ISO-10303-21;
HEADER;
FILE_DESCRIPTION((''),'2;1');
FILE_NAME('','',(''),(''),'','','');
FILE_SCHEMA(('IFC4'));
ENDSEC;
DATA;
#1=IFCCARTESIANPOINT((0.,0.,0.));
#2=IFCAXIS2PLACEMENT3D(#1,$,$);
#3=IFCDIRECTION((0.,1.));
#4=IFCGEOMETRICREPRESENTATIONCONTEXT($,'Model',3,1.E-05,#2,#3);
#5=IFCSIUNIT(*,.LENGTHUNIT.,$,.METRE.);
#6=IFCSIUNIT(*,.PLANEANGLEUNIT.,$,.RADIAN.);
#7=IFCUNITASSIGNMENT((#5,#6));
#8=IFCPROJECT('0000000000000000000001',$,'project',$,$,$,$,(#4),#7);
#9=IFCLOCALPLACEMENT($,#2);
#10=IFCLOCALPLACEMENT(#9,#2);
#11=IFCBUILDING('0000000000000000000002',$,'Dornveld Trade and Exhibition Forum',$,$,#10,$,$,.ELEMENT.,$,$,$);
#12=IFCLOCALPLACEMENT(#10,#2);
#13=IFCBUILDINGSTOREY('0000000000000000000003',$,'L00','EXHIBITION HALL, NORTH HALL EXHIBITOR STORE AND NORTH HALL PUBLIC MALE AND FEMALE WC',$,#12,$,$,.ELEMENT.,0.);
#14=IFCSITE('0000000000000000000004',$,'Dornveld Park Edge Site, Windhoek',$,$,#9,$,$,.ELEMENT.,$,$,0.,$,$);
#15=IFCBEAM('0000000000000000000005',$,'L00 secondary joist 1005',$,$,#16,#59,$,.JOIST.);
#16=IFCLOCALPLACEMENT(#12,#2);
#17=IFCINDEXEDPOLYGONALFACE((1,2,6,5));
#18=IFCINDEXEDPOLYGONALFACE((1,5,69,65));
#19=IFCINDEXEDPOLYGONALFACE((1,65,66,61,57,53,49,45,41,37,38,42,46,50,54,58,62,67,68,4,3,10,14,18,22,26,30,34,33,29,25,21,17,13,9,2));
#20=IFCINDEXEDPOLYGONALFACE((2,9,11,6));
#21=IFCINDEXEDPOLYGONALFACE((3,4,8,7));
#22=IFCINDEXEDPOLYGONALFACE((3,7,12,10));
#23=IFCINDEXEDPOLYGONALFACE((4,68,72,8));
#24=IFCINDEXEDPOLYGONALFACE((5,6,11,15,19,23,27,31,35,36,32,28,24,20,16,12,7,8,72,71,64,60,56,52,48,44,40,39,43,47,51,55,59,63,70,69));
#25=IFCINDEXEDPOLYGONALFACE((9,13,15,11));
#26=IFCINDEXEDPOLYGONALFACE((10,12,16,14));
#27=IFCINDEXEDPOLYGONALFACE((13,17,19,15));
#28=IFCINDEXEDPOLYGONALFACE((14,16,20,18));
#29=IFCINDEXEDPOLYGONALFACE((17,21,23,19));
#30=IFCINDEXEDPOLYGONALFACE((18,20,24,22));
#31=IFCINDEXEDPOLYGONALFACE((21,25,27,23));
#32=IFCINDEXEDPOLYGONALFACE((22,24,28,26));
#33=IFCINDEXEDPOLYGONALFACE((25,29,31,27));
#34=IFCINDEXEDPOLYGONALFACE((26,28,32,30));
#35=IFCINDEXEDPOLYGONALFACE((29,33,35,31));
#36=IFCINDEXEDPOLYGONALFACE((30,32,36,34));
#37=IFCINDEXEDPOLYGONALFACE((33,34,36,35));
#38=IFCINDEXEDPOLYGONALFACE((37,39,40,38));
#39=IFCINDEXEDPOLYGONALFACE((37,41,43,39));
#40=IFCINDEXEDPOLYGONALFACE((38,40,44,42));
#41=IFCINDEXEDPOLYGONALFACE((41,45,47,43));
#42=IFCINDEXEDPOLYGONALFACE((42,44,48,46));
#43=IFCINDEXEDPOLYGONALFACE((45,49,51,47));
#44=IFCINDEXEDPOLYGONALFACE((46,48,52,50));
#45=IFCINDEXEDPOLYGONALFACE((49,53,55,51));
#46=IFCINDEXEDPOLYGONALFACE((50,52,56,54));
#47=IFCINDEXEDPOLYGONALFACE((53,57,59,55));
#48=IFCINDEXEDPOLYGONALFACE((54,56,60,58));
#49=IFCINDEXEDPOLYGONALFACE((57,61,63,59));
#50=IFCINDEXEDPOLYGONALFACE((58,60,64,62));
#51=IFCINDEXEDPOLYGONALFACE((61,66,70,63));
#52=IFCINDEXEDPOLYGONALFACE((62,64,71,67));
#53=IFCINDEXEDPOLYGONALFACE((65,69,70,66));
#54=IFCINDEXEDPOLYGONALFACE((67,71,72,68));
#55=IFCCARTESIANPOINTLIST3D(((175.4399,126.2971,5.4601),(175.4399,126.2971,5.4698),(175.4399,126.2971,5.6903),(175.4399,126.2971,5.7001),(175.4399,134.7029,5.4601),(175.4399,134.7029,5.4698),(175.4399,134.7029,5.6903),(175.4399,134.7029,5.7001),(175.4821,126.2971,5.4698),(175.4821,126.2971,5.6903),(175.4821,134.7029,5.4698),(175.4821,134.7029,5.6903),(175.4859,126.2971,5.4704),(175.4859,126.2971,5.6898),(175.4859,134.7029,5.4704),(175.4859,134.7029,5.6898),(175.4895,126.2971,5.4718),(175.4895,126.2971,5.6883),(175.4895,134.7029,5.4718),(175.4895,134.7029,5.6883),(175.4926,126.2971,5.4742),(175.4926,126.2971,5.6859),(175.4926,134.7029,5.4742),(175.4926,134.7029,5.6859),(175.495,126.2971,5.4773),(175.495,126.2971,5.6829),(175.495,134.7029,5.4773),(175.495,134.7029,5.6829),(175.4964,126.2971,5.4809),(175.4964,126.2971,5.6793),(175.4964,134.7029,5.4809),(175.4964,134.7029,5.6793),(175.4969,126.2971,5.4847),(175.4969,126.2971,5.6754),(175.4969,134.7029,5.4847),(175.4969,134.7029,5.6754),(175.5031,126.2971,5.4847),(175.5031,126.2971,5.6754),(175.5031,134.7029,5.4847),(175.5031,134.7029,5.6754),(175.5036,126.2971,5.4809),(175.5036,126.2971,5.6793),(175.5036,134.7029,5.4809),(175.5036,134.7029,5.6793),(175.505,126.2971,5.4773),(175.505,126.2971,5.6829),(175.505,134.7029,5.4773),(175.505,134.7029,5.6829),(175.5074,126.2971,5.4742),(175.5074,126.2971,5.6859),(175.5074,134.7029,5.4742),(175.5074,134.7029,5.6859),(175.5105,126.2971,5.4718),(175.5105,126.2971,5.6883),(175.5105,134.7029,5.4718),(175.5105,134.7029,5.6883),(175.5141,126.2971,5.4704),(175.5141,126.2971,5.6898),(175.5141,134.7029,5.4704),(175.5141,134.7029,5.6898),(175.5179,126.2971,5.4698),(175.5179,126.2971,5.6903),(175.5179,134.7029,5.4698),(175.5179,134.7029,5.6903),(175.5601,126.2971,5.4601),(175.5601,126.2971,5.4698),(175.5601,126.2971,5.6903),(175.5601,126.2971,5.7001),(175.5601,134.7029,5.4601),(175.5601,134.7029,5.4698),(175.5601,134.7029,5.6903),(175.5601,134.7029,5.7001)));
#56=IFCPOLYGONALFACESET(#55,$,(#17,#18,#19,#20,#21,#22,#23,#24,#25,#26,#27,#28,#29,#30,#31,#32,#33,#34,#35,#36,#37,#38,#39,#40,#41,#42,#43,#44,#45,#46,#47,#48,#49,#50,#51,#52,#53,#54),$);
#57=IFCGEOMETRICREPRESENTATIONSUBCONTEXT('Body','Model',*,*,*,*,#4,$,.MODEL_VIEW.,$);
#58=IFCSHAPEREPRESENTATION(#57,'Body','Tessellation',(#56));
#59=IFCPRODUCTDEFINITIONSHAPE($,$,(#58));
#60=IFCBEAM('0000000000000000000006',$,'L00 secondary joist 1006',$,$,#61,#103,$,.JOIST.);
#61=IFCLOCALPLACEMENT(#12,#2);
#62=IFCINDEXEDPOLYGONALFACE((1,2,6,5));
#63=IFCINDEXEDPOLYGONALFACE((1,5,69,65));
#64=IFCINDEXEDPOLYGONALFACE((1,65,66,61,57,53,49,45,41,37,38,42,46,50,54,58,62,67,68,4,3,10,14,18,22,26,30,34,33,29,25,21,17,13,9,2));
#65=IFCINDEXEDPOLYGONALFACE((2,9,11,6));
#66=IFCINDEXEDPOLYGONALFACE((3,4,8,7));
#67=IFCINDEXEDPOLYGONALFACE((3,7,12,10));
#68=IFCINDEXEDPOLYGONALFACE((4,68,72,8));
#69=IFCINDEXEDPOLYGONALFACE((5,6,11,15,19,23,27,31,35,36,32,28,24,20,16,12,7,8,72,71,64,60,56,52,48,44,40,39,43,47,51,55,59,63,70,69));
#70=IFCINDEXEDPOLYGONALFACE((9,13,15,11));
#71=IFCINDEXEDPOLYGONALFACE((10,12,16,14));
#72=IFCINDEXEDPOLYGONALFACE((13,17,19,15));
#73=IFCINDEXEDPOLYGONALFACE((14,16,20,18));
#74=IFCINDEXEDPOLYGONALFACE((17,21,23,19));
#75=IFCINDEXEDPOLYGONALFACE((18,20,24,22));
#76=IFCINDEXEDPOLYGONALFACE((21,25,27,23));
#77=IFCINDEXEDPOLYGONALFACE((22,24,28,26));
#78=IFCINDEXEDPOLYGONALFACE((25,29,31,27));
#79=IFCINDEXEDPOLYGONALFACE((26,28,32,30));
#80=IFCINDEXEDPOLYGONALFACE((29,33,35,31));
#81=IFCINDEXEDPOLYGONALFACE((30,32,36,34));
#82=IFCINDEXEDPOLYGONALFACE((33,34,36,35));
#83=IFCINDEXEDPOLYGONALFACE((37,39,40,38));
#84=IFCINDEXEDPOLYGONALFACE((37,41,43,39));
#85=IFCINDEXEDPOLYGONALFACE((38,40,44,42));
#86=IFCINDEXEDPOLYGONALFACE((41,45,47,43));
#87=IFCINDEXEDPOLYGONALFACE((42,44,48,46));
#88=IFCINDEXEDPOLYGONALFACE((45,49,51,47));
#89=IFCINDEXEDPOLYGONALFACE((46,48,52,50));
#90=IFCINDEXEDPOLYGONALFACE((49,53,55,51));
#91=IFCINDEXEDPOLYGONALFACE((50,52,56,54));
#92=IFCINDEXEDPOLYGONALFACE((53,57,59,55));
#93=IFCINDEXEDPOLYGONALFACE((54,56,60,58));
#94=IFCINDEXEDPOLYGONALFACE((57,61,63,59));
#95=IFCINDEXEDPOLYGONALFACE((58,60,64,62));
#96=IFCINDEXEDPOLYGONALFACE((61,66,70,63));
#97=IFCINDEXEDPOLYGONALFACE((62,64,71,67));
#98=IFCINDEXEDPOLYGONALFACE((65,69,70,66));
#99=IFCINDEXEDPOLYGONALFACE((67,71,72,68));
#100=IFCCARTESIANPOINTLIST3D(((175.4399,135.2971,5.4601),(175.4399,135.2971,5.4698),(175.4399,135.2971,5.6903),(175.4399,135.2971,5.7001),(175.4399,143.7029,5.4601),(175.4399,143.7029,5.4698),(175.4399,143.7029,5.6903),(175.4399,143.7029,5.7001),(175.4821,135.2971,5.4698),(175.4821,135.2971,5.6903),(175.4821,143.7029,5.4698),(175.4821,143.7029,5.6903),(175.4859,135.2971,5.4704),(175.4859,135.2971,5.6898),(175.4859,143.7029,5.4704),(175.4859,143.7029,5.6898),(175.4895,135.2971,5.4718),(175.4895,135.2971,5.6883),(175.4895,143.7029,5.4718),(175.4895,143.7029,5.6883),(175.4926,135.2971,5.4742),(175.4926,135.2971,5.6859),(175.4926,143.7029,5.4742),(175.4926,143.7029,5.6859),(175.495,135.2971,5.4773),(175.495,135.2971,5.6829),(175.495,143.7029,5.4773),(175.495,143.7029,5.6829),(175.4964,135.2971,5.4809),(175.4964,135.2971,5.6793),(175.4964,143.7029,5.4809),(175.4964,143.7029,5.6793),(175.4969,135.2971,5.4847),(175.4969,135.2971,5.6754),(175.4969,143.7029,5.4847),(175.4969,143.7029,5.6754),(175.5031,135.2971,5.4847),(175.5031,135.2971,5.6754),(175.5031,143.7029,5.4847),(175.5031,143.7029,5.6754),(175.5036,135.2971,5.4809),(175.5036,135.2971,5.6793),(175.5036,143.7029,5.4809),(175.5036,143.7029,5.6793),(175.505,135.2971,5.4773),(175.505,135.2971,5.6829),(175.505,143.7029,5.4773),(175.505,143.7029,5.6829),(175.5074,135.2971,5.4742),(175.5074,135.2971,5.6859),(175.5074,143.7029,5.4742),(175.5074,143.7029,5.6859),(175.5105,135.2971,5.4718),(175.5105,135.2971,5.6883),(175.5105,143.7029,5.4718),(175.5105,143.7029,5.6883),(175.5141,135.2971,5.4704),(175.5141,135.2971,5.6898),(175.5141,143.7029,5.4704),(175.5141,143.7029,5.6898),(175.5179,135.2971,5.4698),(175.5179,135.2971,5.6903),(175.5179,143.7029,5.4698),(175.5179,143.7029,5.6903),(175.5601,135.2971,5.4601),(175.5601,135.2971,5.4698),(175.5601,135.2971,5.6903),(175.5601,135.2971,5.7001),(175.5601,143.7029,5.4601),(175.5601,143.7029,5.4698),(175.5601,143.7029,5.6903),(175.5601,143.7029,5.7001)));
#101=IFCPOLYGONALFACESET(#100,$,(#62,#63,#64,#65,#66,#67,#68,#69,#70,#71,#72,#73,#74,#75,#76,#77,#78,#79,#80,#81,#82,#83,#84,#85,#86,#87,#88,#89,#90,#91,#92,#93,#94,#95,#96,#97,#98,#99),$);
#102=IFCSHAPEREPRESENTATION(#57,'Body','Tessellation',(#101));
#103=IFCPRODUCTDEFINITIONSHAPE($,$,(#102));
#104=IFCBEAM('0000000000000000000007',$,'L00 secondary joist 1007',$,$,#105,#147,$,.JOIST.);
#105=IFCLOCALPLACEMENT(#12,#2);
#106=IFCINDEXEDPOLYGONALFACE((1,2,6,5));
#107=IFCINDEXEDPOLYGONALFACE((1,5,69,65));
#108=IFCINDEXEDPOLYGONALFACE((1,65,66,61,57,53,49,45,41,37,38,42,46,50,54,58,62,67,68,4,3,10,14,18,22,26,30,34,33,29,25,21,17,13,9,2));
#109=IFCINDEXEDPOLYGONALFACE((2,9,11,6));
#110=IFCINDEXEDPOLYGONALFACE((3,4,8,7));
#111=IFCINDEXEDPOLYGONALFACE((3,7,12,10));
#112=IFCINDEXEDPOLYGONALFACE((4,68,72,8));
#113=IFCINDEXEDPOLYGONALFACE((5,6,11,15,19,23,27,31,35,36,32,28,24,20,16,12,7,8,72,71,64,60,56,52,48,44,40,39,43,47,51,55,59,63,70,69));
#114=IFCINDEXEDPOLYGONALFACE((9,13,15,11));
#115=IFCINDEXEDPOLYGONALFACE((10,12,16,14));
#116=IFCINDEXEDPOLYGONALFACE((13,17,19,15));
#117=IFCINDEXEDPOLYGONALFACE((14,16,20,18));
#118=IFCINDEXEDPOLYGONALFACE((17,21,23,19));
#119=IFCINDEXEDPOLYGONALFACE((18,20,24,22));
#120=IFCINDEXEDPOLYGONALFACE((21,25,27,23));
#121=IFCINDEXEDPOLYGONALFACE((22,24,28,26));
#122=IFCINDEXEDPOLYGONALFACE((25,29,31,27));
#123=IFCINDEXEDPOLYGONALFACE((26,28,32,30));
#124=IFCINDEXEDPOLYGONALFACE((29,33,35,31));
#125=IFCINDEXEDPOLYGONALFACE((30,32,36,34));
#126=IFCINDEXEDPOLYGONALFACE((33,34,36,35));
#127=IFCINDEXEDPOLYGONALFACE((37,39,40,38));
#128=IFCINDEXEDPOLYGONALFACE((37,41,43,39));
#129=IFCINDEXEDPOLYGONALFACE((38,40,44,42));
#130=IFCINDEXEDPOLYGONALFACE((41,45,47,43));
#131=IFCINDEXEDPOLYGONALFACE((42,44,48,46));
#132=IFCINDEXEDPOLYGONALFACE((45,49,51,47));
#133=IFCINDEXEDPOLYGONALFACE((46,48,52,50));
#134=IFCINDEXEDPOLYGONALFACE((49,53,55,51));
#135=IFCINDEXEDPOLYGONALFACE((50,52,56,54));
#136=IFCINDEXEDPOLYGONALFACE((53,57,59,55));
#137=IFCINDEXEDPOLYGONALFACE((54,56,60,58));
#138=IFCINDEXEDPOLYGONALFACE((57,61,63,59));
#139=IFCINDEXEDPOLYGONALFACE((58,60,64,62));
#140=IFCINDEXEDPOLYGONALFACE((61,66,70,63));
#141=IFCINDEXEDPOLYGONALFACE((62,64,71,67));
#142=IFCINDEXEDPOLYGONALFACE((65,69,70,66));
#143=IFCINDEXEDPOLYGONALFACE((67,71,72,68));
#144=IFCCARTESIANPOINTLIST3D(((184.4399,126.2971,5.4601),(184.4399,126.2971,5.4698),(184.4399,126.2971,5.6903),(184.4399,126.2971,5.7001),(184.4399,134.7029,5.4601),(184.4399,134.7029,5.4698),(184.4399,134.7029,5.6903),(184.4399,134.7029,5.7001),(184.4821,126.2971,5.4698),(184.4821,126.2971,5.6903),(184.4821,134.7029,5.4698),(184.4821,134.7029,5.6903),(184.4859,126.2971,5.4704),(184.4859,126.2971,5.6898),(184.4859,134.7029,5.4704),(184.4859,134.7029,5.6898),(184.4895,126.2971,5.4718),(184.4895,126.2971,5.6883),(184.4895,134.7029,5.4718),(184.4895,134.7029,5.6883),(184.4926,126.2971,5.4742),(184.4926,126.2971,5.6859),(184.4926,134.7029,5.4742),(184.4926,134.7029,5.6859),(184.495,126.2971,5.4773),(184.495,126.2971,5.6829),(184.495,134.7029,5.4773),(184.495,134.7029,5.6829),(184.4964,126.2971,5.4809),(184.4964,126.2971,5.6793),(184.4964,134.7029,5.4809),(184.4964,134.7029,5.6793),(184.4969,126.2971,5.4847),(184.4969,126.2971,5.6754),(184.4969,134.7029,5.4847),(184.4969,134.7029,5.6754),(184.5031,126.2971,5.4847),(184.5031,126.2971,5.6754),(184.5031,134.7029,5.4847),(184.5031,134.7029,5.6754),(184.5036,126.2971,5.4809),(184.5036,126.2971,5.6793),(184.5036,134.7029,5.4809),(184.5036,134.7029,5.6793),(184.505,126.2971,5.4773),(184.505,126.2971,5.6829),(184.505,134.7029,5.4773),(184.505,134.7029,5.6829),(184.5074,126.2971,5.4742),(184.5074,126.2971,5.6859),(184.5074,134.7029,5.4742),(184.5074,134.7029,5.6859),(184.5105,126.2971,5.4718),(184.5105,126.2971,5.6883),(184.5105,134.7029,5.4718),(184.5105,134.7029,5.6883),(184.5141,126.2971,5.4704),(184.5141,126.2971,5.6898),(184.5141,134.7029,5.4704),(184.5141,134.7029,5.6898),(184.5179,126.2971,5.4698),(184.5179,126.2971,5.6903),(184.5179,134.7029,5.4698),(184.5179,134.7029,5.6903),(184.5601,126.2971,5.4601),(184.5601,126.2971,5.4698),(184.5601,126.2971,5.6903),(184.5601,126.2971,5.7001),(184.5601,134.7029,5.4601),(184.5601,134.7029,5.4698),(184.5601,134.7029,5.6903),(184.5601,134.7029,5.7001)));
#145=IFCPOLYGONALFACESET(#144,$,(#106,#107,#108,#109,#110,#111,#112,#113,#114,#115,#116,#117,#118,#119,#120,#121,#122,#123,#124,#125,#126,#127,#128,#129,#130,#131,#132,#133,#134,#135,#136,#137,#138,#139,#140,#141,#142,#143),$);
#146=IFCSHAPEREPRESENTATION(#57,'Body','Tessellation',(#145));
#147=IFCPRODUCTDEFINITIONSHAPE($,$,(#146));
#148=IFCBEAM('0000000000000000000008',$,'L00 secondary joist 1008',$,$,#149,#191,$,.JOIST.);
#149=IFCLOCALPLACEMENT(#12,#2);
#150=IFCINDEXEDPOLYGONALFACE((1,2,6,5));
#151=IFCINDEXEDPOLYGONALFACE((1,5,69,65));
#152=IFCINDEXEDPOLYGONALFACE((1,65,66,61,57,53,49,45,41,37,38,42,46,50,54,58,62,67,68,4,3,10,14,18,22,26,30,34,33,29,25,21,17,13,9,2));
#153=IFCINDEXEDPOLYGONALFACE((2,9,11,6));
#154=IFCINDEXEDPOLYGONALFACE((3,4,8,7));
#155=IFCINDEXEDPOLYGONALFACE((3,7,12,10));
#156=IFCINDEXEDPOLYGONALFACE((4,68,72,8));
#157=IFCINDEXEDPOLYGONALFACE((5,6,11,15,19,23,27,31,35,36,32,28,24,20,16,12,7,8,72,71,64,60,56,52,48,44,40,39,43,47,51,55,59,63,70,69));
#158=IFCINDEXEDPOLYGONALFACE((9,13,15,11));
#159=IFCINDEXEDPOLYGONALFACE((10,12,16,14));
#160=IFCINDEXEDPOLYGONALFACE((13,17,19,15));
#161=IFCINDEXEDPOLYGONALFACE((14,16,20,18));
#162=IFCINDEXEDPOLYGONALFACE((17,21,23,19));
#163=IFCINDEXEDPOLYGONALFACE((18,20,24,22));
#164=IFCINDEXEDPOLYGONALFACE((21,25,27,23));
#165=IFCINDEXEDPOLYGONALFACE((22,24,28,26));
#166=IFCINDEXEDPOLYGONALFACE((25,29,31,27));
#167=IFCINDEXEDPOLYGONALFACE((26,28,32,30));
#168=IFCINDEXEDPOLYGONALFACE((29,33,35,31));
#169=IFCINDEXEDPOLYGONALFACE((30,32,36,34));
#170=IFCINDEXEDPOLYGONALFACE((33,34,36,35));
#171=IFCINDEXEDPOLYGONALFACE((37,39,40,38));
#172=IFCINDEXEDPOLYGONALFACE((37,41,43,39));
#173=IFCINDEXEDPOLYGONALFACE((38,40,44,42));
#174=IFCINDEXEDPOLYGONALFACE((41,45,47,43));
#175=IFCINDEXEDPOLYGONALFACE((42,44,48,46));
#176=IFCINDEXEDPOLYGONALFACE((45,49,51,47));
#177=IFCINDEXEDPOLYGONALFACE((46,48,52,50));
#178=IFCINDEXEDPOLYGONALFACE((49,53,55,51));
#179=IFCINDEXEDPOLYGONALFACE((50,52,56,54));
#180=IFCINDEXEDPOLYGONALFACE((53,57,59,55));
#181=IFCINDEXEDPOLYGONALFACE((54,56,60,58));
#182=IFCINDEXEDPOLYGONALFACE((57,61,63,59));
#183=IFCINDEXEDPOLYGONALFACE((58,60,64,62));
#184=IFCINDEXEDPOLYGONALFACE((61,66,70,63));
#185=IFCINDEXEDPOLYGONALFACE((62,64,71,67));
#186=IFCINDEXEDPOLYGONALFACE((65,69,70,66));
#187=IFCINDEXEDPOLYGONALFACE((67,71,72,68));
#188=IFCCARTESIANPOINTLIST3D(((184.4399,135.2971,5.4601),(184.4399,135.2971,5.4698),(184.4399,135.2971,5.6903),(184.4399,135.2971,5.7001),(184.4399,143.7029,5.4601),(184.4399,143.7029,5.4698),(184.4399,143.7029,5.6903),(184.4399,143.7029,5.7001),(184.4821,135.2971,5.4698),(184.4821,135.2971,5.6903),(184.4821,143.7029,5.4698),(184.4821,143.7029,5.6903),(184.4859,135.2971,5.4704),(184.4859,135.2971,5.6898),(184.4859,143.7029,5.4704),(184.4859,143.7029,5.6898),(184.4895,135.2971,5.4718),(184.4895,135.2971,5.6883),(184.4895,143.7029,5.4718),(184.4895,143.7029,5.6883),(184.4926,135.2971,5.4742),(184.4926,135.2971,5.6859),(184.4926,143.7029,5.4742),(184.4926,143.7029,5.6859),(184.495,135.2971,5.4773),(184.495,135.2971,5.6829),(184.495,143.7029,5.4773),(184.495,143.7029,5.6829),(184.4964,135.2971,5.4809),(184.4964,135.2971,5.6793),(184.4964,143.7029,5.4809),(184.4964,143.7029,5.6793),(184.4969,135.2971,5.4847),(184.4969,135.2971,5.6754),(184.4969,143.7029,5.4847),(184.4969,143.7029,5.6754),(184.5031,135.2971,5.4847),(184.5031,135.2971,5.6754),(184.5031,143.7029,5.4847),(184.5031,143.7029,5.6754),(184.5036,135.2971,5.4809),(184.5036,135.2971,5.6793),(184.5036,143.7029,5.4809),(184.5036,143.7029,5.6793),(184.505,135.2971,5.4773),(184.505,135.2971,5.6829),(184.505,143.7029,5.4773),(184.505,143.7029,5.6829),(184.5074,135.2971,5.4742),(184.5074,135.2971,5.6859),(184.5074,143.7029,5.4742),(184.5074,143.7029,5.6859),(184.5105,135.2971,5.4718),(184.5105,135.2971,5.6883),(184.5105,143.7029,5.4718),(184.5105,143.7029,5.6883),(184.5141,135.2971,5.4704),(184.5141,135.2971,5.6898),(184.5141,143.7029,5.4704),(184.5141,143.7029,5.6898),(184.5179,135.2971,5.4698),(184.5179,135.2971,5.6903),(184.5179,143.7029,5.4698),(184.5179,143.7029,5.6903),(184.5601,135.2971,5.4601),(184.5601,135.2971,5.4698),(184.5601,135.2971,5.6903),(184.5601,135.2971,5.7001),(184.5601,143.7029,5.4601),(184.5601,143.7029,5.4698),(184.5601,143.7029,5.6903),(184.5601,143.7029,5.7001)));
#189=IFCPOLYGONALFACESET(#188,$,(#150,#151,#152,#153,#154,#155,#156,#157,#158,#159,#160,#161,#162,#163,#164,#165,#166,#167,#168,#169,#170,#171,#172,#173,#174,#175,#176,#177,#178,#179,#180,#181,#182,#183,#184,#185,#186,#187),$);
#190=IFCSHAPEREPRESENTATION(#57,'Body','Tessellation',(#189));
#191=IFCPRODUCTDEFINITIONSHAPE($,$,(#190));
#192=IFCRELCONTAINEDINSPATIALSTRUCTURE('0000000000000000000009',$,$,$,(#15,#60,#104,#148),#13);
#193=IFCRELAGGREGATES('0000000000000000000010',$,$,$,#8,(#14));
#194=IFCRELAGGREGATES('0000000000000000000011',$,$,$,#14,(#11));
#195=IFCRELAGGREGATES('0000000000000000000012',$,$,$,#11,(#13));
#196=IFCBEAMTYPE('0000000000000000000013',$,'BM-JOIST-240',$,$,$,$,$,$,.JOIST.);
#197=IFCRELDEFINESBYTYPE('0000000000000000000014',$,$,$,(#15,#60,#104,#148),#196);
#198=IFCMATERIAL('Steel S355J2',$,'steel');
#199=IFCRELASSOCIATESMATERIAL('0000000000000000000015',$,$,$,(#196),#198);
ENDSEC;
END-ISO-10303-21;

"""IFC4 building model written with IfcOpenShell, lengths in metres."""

from ifc_helpers import new_model, si_unit, direction, frame, origin, origin_2d, place, context, subcontext, project, spatial, i_section, extrude, material, material_profile, profile_set, type_object, element, save


model = new_model("IFC4")

# Units and contexts
model_context = context("Model", 3, precision=1e-05, world=origin(), true_north=direction((0.0, 1.0)))
body_context = subcontext(model_context, "Body", "Model", "MODEL_VIEW")
ifc_project = project(units=[si_unit("LENGTHUNIT", "METRE"), si_unit("PLANEANGLEUNIT", "RADIAN")], contexts=[model_context])

# Site, building, storey
site_placement = place(None, origin())
site = spatial("IfcSite", under=ifc_project, at=site_placement, Name="Dornveld Park Edge Site, Windhoek", CompositionType="ELEMENT", RefElevation=0.0)
building_placement = place(site_placement, origin())
building = spatial("IfcBuilding", under=site, at=building_placement, Name="Dornveld Trade and Exhibition Forum", CompositionType="ELEMENT")
storey_placement = place(building_placement, origin())
storey = spatial("IfcBuildingStorey", under=building, at=storey_placement, Name="L00", Description="EXHIBITION HALL, NORTH HALL EXHIBITOR STORE AND NORTH HALL PUBLIC MALE AND FEMALE WC", CompositionType="ELEMENT", Elevation=0.0)

# Beams
ifc_material_1 = material(Name="Steel S355J2", Category="steel")
ifc_material_profile_1 = material_profile(ifc_material_1, i_section(OverallWidth=0.1201, OverallDepth=0.24, WebThickness=0.0061, FlangeThickness=0.0098, FilletRadius=0.0149, at=origin_2d()), Name="IPE 240")
ifc_profile_set_1 = profile_set([ifc_material_profile_1], Name="Steel S355J2")
beam_type_1 = type_object("IfcBeamType", Name="BM-JOIST-240", PredefinedType="JOIST", material=ifc_profile_set_1)
for number, where, z_axis, x_axis, name in (
    (1, (175.5, 126.2971, 5.5801), (0.0, 1.0, 0.0), (-1.0, 0.0, 0.0), "L00 secondary joist 1005"),
    (2, (175.5, 135.2971, 5.5801), (0.0, 1.0, 0.0), (-1.0, 0.0, 0.0), "L00 secondary joist 1006"),
    (3, (184.5, 126.2971, 5.5801), (0.0, 1.0, 0.0), (-1.0, 0.0, 0.0), "L00 secondary joist 1007"),
    (4, (184.5, 135.2971, 5.5801), (0.0, 1.0, 0.0), (-1.0, 0.0, 0.0), "L00 secondary joist 1008"),
):
    element("IfcBeam", number, at=place(storey_placement, frame(where, z_axis=z_axis, x_axis=x_axis)), inside=storey, type_object=beam_type_1, Name=name, PredefinedType="JOIST", context=body_context, shape_type="SweptSolid", body=[
        extrude(i_section(OverallWidth=0.1201, OverallDepth=0.24, WebThickness=0.0061, FlangeThickness=0.0098, FilletRadius=0.0149, at=origin_2d()), origin(), (0.0, 0.0, 1.0), 8.4058),
    ])

save(model, "model.ifc")
